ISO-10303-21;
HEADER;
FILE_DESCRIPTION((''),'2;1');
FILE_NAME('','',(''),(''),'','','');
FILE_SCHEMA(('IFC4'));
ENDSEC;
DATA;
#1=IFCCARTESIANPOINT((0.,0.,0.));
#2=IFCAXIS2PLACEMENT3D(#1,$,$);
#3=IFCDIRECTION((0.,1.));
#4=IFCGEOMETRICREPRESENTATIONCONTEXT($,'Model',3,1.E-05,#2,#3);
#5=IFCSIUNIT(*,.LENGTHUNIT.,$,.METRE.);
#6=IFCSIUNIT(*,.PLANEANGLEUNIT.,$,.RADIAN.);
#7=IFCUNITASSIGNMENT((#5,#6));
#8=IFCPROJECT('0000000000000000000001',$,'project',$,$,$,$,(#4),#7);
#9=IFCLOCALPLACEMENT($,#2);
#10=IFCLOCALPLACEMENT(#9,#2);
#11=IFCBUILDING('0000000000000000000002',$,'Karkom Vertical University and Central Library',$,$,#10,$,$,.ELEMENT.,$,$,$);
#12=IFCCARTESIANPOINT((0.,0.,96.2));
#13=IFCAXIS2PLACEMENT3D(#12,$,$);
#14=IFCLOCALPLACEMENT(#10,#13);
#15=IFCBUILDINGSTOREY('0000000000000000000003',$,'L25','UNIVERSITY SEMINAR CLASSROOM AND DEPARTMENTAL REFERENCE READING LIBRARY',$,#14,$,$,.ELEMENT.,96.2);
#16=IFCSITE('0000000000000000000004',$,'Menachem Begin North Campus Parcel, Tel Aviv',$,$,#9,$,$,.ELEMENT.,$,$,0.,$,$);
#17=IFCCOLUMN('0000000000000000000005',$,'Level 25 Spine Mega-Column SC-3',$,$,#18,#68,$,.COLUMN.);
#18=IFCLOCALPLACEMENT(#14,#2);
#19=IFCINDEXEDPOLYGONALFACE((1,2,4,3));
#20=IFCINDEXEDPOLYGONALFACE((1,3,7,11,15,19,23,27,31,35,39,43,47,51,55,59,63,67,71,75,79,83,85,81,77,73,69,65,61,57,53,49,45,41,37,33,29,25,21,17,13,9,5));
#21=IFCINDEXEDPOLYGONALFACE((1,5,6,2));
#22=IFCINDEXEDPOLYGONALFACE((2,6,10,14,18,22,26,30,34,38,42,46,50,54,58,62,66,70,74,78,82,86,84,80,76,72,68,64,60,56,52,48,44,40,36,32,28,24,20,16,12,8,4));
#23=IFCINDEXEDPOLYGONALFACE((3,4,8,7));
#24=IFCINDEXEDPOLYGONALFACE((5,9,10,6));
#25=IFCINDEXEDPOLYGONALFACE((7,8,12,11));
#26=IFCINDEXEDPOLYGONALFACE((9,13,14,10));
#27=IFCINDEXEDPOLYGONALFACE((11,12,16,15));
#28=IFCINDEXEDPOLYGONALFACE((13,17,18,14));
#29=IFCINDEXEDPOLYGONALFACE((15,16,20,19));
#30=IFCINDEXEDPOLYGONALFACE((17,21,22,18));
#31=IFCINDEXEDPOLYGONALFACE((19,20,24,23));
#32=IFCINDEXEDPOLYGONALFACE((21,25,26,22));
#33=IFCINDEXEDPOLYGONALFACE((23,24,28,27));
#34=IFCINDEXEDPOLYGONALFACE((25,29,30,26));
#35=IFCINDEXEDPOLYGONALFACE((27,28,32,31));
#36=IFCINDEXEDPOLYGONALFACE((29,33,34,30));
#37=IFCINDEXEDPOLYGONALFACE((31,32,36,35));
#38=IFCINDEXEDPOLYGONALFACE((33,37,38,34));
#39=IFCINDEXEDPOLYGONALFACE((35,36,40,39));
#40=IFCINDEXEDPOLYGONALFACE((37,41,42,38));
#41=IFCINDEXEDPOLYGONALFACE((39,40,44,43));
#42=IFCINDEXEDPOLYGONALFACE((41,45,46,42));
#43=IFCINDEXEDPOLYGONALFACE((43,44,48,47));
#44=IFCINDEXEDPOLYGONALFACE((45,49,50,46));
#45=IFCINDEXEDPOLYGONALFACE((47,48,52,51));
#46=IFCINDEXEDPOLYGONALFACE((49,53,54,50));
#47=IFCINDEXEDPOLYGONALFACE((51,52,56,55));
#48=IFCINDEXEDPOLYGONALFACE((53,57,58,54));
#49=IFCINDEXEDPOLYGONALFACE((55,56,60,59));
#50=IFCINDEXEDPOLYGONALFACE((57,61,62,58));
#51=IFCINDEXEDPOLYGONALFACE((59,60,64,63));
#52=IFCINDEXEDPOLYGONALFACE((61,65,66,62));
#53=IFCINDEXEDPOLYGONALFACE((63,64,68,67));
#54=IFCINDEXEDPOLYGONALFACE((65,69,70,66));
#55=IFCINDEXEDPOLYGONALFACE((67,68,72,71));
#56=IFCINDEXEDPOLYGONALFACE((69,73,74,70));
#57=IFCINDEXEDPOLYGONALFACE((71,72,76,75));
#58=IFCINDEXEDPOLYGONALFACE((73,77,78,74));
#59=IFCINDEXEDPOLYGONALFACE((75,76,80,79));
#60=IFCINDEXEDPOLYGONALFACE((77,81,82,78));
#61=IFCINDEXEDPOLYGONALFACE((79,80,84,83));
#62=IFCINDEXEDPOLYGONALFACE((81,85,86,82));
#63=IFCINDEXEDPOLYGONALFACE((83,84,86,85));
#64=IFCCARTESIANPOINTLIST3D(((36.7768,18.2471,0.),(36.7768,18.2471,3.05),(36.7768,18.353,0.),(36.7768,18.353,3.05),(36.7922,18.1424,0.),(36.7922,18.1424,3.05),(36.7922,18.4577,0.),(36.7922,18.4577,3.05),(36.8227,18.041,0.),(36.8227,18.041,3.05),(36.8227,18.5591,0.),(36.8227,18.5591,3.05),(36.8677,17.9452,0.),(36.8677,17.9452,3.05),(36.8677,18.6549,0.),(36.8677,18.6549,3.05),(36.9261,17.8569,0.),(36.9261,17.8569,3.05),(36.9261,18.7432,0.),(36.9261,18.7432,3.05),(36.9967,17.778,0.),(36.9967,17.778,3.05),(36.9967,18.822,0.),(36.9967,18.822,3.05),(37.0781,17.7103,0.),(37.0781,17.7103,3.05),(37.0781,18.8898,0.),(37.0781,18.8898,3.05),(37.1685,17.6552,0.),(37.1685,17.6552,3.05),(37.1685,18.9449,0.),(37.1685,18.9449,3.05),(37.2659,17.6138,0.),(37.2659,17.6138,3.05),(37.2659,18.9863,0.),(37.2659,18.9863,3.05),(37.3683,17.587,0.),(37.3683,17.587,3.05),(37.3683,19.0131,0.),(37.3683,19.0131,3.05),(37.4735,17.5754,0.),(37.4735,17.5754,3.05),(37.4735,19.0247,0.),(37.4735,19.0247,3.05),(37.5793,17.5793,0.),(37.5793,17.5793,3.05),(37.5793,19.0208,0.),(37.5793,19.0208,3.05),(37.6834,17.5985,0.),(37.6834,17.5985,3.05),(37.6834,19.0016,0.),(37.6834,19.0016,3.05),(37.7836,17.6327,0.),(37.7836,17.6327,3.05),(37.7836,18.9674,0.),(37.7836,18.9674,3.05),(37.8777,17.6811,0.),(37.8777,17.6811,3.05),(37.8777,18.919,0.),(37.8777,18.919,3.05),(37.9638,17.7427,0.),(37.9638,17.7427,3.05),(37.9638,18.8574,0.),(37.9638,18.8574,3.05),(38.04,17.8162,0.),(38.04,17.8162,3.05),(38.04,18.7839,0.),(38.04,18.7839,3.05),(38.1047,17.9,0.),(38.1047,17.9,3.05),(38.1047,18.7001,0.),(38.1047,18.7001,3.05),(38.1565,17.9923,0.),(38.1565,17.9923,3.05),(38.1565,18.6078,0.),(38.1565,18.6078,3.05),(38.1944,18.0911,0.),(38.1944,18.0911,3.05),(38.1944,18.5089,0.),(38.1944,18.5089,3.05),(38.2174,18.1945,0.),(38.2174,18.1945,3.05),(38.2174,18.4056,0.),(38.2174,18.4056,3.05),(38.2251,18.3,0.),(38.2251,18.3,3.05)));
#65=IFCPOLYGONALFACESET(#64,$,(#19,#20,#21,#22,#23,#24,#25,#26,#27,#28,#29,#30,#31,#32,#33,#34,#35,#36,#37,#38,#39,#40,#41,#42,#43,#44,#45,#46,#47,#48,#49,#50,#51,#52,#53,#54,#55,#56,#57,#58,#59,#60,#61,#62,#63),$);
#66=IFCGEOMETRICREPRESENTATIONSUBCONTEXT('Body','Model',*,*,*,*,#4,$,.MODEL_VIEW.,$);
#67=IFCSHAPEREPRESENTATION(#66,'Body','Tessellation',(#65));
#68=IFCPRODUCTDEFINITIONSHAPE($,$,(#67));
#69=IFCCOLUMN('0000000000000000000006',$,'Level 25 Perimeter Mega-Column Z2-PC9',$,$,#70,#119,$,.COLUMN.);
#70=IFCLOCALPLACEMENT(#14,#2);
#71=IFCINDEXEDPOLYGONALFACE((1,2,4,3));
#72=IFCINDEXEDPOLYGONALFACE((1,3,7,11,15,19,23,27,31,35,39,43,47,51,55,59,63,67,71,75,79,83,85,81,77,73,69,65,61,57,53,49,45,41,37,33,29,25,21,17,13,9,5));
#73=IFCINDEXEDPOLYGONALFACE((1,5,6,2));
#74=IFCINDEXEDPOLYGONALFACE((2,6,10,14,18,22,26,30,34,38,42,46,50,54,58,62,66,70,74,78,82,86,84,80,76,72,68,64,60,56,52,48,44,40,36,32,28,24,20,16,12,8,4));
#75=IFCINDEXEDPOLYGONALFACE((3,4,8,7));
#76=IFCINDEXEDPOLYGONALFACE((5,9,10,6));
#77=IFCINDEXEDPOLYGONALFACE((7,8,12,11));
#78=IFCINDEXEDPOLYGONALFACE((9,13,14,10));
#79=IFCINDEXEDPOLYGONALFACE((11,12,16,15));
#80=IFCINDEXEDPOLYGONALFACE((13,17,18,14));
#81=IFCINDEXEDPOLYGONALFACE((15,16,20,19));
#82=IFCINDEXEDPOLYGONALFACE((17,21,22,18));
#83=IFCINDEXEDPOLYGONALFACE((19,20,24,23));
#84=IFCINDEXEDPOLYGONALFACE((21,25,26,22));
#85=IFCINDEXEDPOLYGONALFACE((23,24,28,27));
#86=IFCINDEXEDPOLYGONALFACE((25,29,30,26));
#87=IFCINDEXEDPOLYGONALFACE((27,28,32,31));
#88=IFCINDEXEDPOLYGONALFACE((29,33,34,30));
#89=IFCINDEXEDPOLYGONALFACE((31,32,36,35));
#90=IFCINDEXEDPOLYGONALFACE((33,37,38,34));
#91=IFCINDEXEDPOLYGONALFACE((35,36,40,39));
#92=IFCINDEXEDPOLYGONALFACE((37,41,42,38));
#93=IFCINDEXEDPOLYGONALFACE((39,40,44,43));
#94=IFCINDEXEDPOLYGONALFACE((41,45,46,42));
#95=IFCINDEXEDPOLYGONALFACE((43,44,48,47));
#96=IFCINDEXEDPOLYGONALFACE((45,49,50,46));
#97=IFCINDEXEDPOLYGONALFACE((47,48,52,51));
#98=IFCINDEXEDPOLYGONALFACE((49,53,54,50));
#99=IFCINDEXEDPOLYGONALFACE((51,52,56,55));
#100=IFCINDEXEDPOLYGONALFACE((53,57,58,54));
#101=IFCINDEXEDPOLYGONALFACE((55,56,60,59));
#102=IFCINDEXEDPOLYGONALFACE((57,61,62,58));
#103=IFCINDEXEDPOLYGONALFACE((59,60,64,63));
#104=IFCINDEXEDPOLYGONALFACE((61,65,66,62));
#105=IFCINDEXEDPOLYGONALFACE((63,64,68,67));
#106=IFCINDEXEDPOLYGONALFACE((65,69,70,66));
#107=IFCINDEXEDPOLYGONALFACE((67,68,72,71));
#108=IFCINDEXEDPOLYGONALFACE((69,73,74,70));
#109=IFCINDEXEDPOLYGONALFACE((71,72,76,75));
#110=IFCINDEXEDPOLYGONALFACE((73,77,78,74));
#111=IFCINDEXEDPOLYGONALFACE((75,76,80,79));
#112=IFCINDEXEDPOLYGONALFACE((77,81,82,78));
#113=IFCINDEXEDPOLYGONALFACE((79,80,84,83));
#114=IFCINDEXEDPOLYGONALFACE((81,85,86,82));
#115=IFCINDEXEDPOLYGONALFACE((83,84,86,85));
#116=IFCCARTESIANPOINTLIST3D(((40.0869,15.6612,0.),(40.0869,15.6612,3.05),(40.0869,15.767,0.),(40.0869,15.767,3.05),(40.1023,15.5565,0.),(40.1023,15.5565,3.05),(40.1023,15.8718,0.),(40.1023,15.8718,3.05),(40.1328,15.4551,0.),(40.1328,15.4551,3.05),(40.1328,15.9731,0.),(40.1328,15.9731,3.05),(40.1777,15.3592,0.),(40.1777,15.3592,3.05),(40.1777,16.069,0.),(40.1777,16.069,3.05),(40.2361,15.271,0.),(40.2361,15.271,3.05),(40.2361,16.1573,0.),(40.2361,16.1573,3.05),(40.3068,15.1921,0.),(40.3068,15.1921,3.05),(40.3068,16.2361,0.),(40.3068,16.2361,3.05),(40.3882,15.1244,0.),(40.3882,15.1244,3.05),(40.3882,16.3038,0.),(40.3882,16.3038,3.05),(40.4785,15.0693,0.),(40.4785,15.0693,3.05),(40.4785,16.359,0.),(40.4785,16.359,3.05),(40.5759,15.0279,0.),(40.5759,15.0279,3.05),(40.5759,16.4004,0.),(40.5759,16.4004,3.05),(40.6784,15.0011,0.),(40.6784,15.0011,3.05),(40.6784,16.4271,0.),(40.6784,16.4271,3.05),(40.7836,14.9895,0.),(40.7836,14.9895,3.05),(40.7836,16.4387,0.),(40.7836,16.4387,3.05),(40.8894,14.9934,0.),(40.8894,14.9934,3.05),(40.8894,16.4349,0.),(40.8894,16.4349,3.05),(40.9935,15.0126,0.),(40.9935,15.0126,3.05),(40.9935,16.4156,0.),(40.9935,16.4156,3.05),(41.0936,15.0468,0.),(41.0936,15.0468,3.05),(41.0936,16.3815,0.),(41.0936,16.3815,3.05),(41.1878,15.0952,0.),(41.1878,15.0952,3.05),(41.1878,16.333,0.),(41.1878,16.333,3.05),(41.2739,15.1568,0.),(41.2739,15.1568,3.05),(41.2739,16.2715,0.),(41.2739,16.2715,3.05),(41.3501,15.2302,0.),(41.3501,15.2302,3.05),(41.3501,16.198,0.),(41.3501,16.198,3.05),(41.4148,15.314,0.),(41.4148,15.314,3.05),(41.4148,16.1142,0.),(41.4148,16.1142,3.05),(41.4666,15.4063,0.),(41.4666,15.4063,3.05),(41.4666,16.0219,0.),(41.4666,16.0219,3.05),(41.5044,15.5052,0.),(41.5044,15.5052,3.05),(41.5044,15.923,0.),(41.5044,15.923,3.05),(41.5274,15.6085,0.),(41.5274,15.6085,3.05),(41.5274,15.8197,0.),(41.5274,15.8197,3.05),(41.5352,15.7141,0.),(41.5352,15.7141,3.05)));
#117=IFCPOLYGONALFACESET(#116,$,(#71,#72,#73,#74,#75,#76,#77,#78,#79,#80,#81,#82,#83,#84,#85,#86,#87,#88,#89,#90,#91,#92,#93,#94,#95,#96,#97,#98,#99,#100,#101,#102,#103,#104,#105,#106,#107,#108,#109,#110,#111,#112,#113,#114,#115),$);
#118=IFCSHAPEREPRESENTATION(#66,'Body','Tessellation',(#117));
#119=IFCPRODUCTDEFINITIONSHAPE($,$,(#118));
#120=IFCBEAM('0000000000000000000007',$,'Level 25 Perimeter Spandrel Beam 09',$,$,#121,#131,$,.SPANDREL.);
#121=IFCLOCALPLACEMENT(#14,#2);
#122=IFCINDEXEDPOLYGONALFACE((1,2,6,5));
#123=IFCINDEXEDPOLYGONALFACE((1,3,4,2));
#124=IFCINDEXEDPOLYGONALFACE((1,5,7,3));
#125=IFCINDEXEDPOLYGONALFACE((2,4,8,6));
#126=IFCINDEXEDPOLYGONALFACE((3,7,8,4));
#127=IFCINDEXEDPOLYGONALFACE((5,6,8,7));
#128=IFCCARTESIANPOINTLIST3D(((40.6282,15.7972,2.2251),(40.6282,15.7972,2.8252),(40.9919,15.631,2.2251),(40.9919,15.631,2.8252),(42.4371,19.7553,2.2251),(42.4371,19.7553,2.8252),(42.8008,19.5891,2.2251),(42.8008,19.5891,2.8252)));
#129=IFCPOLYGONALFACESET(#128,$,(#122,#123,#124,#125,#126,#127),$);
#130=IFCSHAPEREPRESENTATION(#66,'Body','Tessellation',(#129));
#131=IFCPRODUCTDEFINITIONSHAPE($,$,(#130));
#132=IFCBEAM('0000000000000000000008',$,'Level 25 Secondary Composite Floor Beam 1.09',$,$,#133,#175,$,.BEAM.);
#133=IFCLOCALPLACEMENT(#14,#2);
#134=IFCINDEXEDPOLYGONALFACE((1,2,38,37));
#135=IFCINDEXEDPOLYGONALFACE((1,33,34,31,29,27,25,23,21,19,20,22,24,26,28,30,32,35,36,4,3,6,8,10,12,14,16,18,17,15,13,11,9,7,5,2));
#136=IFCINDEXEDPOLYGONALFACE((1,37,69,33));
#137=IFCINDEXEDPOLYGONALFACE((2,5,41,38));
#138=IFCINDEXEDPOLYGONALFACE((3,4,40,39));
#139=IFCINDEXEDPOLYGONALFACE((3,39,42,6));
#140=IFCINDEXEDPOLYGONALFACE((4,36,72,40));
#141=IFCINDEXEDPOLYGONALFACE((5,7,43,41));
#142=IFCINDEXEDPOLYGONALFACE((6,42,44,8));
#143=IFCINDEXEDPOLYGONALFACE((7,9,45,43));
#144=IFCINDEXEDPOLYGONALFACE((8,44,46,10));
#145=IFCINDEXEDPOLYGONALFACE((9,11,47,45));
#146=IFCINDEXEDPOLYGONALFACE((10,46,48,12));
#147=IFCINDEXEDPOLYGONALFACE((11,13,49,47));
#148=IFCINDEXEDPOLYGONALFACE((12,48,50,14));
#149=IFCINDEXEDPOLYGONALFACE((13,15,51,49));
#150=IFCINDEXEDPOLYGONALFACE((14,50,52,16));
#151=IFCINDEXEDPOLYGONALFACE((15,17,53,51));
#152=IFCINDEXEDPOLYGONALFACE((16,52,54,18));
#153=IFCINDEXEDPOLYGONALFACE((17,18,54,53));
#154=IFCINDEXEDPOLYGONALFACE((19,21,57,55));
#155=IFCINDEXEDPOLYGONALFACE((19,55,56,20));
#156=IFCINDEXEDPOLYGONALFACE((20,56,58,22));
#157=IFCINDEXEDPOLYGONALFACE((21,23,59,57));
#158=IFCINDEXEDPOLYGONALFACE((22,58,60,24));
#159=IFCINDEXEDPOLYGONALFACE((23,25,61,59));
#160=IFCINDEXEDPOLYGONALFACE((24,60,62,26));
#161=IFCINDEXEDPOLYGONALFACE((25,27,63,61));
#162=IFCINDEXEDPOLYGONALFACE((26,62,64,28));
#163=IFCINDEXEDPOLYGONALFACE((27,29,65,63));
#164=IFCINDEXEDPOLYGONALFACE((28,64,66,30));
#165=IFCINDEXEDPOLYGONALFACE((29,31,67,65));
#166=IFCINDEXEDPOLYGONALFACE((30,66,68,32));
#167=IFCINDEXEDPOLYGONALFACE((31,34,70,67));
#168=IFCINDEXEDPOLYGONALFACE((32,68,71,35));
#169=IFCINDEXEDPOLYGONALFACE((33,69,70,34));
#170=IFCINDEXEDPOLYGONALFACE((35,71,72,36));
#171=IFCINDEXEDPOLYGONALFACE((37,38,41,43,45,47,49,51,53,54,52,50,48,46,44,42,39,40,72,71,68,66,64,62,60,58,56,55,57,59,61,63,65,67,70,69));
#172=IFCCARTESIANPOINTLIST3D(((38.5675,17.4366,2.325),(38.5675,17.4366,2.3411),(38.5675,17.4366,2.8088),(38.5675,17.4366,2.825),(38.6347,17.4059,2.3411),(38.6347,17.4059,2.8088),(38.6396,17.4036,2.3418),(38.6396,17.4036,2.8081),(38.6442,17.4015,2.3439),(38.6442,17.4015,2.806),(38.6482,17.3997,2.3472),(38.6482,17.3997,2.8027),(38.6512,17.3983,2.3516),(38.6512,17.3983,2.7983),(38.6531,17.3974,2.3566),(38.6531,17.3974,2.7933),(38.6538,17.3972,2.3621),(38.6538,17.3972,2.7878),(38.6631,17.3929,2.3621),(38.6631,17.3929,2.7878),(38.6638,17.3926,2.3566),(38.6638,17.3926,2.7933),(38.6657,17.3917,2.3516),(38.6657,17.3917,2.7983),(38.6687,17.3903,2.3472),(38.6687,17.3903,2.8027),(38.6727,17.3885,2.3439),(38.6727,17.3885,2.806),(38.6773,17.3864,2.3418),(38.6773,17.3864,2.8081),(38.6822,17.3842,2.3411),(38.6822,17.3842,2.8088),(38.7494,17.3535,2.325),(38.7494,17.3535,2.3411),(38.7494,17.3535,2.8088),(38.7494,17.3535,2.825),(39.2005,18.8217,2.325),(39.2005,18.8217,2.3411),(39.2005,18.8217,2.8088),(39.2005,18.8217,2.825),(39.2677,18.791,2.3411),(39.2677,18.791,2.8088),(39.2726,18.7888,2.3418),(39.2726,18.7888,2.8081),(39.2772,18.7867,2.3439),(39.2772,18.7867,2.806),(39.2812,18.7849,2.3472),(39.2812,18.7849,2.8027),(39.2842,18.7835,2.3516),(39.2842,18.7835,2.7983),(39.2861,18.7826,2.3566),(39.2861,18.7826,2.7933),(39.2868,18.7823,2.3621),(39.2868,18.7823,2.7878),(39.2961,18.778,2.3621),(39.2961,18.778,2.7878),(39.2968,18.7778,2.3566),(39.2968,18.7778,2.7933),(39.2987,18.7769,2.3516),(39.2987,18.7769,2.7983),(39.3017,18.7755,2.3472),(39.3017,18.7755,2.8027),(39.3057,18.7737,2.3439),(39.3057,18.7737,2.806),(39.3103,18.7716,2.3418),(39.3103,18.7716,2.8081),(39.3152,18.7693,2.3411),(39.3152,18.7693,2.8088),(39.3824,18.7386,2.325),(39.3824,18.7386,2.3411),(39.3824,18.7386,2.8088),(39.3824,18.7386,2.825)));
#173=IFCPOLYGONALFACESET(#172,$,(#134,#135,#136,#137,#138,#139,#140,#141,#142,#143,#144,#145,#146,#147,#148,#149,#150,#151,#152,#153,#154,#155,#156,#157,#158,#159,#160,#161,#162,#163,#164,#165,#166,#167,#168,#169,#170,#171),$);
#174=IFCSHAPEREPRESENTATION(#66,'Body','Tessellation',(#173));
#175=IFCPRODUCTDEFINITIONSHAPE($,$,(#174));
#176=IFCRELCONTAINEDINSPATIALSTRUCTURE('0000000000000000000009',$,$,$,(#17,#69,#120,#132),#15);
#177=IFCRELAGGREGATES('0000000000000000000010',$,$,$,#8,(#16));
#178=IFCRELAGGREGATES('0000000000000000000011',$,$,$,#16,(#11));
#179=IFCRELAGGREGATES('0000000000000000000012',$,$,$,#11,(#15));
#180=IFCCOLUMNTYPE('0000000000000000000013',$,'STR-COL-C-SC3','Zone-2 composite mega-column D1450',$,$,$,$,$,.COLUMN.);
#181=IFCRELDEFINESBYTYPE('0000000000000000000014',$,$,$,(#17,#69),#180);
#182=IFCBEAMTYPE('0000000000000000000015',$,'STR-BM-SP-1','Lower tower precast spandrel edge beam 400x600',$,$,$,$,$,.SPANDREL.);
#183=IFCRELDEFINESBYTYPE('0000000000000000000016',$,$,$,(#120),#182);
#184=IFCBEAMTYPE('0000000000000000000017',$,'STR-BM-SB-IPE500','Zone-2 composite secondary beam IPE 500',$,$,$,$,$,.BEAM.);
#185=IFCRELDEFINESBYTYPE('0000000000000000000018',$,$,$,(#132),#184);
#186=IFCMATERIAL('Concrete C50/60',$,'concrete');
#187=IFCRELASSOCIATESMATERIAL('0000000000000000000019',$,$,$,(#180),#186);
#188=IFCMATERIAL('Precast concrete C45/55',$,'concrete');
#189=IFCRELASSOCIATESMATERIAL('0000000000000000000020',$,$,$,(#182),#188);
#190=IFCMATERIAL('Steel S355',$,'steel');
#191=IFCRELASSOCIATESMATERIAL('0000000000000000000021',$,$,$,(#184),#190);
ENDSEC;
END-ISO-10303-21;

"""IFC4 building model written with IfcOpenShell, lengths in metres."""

from ifc_helpers import new_model, si_unit, direction, frame, origin, origin_with_axes, origin_2d, place, context, subcontext, project, spatial, rectangle, circle, i_section, extrude, source, transform, mapped, material, material_profile, profile_set, type_object, element, save


model = new_model("IFC4")

# Units and contexts
model_context = context("Model", 3, precision=1e-05, world=origin(), true_north=direction((0.0, 1.0)))
body_context = subcontext(model_context, "Body", "Model", "MODEL_VIEW")
ifc_project = project(units=[si_unit("LENGTHUNIT", "METRE"), si_unit("PLANEANGLEUNIT", "RADIAN")], contexts=[model_context])

# Site, building, storey
site_placement = place(None, origin())
site = spatial("IfcSite", under=ifc_project, at=site_placement, Name="Menachem Begin North Campus Parcel, Tel Aviv", CompositionType="ELEMENT", RefElevation=0.0)
building_placement = place(site_placement, origin())
building = spatial("IfcBuilding", under=site, at=building_placement, Name="Karkom Vertical University and Central Library", CompositionType="ELEMENT")
storey_placement = place(building_placement, frame((0.0, 0.0, 96.2)))
storey = spatial("IfcBuildingStorey", under=building, at=storey_placement, Name="L25", Description="UNIVERSITY SEMINAR CLASSROOM AND DEPARTMENTAL REFERENCE READING LIBRARY", CompositionType="ELEMENT", Elevation=96.2)

# Columns
ifc_material_1 = material(Name="Concrete C50/60", Category="concrete")
ifc_material_profile_1 = material_profile(ifc_material_1, circle(Radius=0.7251, at=origin_2d()), Name="CFT-D1450")
ifc_profile_set_1 = profile_set([ifc_material_profile_1], Name="Concrete C50/60")
column_type = type_object("IfcColumnType", Name="STR-COL-C-SC3", Description="Zone-2 composite mega-column D1450", PredefinedType="COLUMN", material=ifc_profile_set_1)
shared_shape_1 = source(origin_with_axes(), body_context, "Body", "SweptSolid", [
    extrude(circle(Radius=0.7251, at=origin_2d()), origin(), (0.0, 0.0, 1.0), 3.05),
])
for number, where, z_axis, x_axis, name in (
    (1, (37.5, 18.3, 0.0), (0.0, 0.0, 1.0), (1.0, 0.0, 0.0), "Level 25 Spine Mega-Column SC-3"),
    (2, (40.8101, 15.7141, 0.0), (0.0, 0.0, 1.0), (1.0, 0.0, 0.0), "Level 25 Perimeter Mega-Column Z2-PC9"),
):
    element("IfcColumn", number, at=place(storey_placement, frame(where, z_axis=z_axis, x_axis=x_axis)), inside=storey, type_object=column_type, Name=name, PredefinedType="COLUMN", context=body_context, shape_type="MappedRepresentation", body=[
        mapped(shared_shape_1, transform((0.0, 0.0, 0.0), scale=1.0)),
    ])

# Beams
ifc_material_2 = material(Name="Precast concrete C45/55", Category="concrete")
ifc_material_profile_2 = material_profile(ifc_material_2, rectangle(XDim=0.3999, YDim=0.6001, at=origin_2d()), Name="SPB-400x600")
ifc_profile_set_2 = profile_set([ifc_material_profile_2], Name="Precast concrete C45/55")
beam_type_1 = type_object("IfcBeamType", Name="STR-BM-SP-1", Description="Lower tower precast spandrel edge beam 400x600", PredefinedType="SPANDREL", material=ifc_profile_set_2)
shared_shape_2 = source(origin_with_axes(), body_context, "Body", "SweptSolid", [
    extrude(rectangle(XDim=0.3999, YDim=0.6001, at=origin_2d()), origin(), (0.0, 0.0, 1.0), 4.3518),
])
beam_1_placement = place(storey_placement, frame((40.8101, 15.7141, 2.5251), z_axis=(0.415658, 0.909521, 0.0), x_axis=(-0.909521, 0.415658, 0.0)))
element("IfcBeam", 3, at=beam_1_placement, inside=storey, type_object=beam_type_1, Name="Level 25 Perimeter Spandrel Beam 09", PredefinedType="SPANDREL", context=body_context, shape_type="MappedRepresentation", body=[
    mapped(shared_shape_2, transform((0.0, 0.0, 0.0), scale=1.0)),
])
ifc_material_3 = material(Name="Steel S355", Category="steel")
ifc_material_profile_3 = material_profile(ifc_material_3, i_section(OverallWidth=0.2, OverallDepth=0.5, WebThickness=0.0103, FlangeThickness=0.0161, FilletRadius=0.021, at=origin_2d()), Name="IPE 500")
ifc_profile_set_3 = profile_set([ifc_material_profile_3], Name="Steel S355")
beam_type_2 = type_object("IfcBeamType", Name="STR-BM-SB-IPE500", Description="Zone-2 composite secondary beam IPE 500", PredefinedType="BEAM", material=ifc_profile_set_3)
shared_shape_3 = source(origin_with_axes(), body_context, "Body", "SweptSolid", [
    extrude(i_section(OverallWidth=0.2, OverallDepth=0.5, WebThickness=0.0103, FlangeThickness=0.0161, FilletRadius=0.021, at=origin_2d()), origin(), (0.0, 0.0, 1.0), 1.5229),
])
beam_2_placement = place(storey_placement, frame((38.6584, 17.395, 2.575), z_axis=(0.41565, 0.909525, 0.0), x_axis=(-0.909525, 0.41565, 0.0)))
element("IfcBeam", 4, at=beam_2_placement, inside=storey, type_object=beam_type_2, Name="Level 25 Secondary Composite Floor Beam 1.09", PredefinedType="BEAM", context=body_context, shape_type="MappedRepresentation", body=[
    mapped(shared_shape_3, transform((0.0, 0.0, 0.0), scale=1.0)),
])

save(model, "model.ifc")
